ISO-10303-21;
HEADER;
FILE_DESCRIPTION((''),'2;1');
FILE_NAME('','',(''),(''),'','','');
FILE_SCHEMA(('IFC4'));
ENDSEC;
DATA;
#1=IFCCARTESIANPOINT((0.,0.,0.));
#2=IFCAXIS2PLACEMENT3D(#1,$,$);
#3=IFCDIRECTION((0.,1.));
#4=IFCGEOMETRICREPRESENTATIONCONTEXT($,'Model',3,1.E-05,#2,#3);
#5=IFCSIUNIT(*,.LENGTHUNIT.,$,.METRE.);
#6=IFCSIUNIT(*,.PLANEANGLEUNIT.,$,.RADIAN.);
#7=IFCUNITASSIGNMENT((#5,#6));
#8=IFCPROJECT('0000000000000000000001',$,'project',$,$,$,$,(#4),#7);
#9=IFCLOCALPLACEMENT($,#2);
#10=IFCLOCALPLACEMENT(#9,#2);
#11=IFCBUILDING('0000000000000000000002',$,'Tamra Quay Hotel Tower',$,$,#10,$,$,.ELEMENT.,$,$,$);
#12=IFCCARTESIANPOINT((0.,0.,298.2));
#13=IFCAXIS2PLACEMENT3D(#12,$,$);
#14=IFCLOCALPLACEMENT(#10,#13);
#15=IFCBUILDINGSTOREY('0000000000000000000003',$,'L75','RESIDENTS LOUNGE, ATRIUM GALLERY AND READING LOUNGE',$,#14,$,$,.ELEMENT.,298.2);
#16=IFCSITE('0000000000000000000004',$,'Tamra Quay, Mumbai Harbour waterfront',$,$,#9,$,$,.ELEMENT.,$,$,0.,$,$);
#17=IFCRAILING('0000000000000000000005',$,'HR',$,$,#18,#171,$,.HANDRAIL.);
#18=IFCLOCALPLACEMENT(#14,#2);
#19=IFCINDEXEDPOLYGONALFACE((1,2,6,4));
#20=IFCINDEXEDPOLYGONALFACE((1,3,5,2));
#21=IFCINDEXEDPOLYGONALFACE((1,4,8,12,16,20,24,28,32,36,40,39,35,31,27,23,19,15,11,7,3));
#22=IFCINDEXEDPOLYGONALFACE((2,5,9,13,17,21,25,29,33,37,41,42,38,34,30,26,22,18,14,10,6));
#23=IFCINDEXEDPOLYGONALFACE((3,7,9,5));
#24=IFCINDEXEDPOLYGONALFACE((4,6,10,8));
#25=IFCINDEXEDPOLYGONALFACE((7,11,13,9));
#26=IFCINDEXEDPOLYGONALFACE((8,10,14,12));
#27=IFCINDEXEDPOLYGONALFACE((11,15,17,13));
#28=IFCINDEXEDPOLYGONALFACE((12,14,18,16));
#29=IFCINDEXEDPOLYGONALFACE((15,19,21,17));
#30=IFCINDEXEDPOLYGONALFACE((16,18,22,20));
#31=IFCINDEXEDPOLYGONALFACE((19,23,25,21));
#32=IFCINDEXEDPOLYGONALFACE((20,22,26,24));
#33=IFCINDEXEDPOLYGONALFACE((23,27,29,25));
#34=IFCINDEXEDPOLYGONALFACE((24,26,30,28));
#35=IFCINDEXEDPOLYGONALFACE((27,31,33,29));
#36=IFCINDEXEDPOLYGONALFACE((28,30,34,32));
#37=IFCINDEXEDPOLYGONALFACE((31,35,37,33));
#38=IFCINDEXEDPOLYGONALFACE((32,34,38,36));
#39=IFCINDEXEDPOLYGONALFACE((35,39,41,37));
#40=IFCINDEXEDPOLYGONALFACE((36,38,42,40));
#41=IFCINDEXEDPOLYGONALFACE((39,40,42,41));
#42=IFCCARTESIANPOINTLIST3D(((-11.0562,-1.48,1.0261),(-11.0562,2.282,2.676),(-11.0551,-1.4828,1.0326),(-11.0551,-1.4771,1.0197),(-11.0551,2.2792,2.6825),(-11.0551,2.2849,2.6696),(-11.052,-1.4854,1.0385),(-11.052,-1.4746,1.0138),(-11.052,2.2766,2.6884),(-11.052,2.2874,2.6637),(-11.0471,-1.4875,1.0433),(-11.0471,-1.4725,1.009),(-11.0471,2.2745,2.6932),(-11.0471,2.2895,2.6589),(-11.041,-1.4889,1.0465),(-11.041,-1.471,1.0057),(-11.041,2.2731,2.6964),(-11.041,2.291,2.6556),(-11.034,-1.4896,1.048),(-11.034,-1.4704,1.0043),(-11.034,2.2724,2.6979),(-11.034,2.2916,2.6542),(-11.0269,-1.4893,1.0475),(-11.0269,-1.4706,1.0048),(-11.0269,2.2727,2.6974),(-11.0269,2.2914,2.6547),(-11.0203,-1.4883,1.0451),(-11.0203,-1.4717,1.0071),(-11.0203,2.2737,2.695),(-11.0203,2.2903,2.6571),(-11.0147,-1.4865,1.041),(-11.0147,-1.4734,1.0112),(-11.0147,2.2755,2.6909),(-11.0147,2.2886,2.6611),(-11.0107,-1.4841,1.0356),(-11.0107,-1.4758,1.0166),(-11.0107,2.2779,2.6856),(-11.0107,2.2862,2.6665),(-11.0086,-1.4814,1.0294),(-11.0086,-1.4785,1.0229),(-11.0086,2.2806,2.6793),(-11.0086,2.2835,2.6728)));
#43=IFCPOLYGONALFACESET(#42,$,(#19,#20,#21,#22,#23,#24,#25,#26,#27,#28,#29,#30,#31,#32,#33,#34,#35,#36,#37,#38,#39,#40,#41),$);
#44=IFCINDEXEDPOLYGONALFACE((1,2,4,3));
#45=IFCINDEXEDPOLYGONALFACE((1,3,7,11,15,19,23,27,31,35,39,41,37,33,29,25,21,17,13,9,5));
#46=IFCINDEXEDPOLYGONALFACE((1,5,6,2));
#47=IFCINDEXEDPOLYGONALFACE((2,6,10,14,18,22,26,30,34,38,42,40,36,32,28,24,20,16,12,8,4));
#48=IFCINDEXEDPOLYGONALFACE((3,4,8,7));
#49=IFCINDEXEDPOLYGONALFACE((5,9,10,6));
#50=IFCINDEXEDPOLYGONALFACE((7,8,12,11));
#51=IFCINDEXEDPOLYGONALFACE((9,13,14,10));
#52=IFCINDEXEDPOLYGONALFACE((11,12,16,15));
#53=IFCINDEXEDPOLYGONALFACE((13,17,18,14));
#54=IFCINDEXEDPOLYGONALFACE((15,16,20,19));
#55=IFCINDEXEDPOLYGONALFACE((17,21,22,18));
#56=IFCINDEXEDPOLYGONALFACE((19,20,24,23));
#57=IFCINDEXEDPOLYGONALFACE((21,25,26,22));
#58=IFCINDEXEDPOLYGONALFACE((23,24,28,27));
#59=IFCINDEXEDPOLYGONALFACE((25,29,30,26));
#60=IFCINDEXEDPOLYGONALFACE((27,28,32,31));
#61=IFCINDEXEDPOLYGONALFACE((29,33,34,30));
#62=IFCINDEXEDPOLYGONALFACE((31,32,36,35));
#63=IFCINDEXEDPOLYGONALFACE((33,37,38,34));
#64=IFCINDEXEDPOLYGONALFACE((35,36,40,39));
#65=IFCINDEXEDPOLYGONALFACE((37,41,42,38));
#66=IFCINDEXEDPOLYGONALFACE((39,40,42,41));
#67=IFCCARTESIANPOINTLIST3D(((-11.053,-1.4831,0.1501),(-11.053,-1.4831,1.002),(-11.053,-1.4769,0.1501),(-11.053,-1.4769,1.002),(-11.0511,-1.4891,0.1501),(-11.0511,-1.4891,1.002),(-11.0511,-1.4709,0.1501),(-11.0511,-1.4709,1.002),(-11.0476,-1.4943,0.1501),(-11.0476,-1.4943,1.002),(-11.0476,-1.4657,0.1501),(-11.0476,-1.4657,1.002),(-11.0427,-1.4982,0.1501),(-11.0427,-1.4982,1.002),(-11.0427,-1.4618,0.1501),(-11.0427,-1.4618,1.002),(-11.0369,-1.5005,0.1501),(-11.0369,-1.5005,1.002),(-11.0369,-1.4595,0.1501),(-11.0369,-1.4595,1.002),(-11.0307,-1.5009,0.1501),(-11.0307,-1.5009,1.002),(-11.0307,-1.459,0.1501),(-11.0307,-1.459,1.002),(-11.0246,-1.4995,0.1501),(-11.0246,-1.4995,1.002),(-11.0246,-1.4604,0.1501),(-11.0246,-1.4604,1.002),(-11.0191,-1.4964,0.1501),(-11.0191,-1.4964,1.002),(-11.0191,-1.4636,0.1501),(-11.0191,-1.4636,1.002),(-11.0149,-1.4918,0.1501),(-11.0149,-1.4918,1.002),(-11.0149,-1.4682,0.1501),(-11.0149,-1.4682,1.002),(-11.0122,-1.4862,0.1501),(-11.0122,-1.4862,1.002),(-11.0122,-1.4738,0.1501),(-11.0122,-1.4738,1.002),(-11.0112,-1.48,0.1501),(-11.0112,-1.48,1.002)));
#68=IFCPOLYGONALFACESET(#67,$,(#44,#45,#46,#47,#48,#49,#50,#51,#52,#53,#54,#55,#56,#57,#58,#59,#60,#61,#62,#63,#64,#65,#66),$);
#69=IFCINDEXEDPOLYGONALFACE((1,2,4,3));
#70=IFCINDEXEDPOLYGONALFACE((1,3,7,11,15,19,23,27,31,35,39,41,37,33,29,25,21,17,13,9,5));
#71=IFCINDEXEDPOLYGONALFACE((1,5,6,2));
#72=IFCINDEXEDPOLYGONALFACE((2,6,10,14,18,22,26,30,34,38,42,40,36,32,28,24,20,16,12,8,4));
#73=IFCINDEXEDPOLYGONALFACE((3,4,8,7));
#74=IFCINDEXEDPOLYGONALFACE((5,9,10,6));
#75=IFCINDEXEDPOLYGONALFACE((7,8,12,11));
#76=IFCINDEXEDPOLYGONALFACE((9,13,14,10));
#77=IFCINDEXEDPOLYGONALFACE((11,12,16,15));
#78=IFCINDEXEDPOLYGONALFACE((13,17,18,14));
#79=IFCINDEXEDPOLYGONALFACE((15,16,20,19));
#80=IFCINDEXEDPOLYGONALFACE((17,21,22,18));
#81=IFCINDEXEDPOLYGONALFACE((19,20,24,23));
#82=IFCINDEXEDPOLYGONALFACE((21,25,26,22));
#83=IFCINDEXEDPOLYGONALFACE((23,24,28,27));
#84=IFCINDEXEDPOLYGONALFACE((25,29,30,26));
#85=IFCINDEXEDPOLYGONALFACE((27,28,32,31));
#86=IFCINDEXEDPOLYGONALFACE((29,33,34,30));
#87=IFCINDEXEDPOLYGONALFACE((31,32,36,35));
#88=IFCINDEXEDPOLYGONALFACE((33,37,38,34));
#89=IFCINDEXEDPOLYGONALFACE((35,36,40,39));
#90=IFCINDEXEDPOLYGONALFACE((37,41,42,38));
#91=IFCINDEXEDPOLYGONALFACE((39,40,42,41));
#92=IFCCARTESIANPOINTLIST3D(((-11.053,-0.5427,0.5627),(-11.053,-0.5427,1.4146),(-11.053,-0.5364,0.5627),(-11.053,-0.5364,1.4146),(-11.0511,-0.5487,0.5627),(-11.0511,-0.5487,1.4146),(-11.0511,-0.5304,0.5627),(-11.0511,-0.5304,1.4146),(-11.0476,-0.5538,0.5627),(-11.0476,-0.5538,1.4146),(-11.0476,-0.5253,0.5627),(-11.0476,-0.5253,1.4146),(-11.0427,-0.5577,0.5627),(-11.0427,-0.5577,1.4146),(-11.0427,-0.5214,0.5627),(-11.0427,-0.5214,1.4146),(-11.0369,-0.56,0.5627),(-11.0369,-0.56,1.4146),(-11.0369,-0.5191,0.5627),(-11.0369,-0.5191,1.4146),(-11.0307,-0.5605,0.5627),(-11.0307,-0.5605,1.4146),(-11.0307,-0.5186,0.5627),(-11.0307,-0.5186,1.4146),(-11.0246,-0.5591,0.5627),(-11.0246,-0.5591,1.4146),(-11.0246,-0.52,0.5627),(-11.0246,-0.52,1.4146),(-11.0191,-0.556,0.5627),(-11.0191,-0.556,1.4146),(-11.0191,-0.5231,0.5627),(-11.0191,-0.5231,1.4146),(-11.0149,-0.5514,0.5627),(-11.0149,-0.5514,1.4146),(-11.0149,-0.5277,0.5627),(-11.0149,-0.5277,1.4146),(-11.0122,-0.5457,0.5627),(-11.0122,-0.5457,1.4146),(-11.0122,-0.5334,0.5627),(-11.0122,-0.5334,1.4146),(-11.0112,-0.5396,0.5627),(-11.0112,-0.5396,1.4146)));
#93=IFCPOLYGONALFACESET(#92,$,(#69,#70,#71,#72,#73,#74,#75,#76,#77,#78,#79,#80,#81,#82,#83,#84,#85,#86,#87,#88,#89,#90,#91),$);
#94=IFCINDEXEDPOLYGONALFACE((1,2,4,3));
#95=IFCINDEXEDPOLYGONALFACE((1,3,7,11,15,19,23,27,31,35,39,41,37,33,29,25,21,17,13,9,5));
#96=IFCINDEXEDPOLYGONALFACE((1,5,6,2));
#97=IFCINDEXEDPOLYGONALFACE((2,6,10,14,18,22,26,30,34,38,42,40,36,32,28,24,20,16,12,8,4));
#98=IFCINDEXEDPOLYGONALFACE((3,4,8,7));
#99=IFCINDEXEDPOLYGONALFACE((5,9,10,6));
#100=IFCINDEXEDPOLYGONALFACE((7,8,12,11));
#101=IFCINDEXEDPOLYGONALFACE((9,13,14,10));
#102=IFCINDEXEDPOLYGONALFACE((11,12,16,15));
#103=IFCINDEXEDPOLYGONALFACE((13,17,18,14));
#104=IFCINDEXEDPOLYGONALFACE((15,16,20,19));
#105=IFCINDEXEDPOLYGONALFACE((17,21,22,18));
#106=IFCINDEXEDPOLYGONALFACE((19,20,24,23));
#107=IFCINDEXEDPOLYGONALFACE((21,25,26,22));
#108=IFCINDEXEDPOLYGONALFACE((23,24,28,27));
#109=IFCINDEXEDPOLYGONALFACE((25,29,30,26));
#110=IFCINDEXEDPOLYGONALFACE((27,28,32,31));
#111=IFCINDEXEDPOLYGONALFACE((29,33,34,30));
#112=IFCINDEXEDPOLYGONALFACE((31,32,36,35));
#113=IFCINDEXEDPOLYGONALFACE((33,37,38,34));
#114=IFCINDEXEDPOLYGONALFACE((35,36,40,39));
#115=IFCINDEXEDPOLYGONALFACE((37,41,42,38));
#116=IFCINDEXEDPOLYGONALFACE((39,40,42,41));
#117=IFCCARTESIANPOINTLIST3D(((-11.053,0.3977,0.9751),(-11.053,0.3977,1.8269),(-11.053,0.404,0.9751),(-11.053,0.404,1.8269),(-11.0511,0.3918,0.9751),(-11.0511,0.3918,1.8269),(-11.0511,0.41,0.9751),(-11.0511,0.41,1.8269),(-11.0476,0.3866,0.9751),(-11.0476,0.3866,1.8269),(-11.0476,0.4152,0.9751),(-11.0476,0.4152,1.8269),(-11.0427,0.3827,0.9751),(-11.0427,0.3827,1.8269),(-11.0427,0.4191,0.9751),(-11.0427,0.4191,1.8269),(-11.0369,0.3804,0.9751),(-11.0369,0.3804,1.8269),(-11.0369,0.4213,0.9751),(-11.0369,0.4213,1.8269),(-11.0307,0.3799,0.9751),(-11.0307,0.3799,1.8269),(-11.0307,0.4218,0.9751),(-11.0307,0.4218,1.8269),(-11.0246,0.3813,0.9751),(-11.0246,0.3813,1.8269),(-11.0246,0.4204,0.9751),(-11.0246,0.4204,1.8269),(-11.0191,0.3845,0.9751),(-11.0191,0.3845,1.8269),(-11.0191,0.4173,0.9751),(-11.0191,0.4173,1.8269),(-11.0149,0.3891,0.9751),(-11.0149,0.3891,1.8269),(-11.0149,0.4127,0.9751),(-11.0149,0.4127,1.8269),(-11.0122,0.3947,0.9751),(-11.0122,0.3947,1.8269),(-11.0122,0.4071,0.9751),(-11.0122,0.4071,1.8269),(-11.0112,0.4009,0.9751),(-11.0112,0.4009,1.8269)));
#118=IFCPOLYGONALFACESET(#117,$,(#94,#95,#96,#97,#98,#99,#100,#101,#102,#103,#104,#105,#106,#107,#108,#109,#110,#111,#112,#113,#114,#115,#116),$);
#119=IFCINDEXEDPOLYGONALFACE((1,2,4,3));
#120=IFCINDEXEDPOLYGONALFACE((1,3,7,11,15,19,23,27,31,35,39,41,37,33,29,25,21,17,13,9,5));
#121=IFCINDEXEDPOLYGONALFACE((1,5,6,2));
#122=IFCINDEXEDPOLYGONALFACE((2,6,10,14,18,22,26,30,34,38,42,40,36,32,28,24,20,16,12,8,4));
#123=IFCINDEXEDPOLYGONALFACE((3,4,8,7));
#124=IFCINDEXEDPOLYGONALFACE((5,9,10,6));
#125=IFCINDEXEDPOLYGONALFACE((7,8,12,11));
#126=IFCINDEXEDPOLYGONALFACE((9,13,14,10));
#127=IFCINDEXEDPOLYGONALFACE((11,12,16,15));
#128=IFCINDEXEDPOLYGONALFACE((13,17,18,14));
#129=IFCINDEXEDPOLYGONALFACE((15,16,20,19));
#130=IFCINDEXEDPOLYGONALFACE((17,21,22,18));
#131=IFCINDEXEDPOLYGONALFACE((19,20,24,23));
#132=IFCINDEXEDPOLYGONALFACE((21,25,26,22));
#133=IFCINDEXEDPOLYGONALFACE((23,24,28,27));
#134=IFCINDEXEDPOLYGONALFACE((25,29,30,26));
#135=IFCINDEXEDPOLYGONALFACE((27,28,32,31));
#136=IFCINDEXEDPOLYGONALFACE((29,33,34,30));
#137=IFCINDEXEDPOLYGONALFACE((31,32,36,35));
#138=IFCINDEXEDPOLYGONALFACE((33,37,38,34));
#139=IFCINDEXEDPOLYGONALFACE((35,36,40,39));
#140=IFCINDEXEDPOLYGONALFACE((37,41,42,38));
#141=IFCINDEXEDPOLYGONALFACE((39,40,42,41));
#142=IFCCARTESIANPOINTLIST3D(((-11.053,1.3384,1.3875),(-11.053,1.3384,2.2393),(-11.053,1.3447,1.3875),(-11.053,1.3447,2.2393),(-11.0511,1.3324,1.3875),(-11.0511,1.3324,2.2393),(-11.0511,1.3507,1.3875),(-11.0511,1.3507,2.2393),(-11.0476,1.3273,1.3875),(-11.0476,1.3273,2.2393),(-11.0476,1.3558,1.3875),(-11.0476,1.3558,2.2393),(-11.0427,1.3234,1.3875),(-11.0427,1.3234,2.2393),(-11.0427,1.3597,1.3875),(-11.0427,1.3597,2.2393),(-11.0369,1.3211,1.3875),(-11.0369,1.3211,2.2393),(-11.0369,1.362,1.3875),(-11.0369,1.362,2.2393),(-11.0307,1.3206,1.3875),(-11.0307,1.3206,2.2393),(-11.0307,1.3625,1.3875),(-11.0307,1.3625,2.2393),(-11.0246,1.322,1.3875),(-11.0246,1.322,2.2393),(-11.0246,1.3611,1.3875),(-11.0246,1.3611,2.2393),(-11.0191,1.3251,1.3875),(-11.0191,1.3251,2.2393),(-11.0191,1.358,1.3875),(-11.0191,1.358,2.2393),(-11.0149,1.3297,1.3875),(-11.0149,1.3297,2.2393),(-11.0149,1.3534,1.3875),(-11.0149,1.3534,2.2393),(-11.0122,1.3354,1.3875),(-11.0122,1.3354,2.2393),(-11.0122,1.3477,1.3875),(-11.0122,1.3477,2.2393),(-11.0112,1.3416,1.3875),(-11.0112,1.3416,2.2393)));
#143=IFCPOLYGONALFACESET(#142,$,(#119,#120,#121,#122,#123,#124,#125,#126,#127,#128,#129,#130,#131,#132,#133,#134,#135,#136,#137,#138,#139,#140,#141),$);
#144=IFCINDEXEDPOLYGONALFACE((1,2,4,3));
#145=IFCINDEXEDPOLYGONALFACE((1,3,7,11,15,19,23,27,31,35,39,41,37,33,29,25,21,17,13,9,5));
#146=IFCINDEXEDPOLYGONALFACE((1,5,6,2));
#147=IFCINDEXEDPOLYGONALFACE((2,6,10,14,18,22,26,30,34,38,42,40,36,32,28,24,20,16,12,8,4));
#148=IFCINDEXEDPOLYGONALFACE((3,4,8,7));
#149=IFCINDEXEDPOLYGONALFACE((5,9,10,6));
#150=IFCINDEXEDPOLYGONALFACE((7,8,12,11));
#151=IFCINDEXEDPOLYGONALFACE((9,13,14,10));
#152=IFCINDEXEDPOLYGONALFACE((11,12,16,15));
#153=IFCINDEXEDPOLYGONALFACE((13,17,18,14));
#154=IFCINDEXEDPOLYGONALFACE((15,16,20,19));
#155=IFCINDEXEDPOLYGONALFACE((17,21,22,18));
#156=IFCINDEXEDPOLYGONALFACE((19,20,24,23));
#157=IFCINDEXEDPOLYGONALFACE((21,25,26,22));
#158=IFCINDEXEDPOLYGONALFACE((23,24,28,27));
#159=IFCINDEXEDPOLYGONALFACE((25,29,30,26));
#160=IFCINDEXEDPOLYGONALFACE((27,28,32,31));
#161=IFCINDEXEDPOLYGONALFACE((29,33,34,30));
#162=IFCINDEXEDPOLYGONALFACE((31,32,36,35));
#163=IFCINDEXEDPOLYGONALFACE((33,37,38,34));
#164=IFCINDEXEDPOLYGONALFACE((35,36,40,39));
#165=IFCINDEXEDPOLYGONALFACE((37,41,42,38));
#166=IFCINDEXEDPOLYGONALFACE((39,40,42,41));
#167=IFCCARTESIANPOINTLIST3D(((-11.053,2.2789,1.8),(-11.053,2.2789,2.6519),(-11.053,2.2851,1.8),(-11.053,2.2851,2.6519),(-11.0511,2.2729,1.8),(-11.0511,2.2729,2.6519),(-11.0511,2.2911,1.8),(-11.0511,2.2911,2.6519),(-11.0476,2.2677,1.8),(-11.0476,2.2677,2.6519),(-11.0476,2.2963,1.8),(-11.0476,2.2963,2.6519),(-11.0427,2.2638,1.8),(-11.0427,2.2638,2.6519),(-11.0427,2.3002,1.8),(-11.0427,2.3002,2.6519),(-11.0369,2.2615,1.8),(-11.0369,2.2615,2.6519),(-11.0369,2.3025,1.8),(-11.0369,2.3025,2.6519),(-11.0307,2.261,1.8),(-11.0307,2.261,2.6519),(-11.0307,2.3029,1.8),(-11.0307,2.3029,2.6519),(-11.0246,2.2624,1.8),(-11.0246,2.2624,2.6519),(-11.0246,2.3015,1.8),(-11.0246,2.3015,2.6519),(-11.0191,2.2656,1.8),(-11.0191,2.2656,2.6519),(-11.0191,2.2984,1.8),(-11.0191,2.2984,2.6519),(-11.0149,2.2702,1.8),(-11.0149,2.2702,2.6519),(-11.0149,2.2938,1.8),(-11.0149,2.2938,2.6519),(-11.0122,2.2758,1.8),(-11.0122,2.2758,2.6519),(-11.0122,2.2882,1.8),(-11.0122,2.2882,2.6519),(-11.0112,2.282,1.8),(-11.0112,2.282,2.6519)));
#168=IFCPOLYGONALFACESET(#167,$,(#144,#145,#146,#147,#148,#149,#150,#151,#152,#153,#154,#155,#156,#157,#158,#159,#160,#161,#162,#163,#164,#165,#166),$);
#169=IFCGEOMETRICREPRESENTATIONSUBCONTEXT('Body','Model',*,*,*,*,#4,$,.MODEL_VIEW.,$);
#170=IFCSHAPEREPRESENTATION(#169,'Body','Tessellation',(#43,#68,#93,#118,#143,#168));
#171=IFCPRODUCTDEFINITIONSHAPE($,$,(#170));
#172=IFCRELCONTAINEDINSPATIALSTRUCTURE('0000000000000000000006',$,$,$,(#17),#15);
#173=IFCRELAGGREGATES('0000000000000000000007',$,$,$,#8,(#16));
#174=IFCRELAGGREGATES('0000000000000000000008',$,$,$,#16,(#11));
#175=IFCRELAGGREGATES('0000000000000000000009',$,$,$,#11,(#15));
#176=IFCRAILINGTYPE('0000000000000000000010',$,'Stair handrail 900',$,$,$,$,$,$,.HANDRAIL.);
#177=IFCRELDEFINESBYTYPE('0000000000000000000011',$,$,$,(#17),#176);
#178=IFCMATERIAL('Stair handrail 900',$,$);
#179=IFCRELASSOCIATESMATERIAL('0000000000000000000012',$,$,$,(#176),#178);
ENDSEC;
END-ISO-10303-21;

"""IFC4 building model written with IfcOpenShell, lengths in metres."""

from ifc_helpers import new_model, si_unit, direction, frame, origin, origin_2d, place, context, subcontext, project, spatial, circle, extrude, material, type_object, element, save


model = new_model("IFC4")

# Units and contexts
model_context = context("Model", 3, precision=1e-05, world=origin(), true_north=direction((0.0, 1.0)))
body_context = subcontext(model_context, "Body", "Model", "MODEL_VIEW")
ifc_project = project(units=[si_unit("LENGTHUNIT", "METRE"), si_unit("PLANEANGLEUNIT", "RADIAN")], contexts=[model_context])

# Site, building, storey
site_placement = place(None, origin())
site = spatial("IfcSite", under=ifc_project, at=site_placement, Name="Tamra Quay, Mumbai Harbour waterfront", CompositionType="ELEMENT", RefElevation=0.0)
building_placement = place(site_placement, origin())
building = spatial("IfcBuilding", under=site, at=building_placement, Name="Tamra Quay Hotel Tower", CompositionType="ELEMENT")
storey_placement = place(building_placement, frame((0.0, 0.0, 298.2)))
storey = spatial("IfcBuildingStorey", under=building, at=storey_placement, Name="L75", Description="RESIDENTS LOUNGE, ATRIUM GALLERY AND READING LOUNGE", CompositionType="ELEMENT", Elevation=298.2)

# Railing
ifc_material_1 = material(Name="Stair handrail 900")
railing_type_1 = type_object("IfcRailingType", Name="Stair handrail 900", PredefinedType="HANDRAIL", material=ifc_material_1)
railing_1_placement = place(storey_placement, frame((-11.0322, -1.48, 0.1501)))
element("IfcRailing", 1, at=railing_1_placement, inside=storey, type_object=railing_type_1, Name="HR", PredefinedType="HANDRAIL", context=body_context, shape_type="SweptSolid", body=[
    extrude(circle(Radius=0.0239, at=origin_2d()), frame((0.0, 0.0, 0.876), z_axis=(0.0, 0.915795, 0.401645), x_axis=(-1.0, 0.0, 0.0)), (0.0, 0.0, 1.0), 4.1079),
    extrude(circle(Radius=0.021, at=origin_2d()), origin(), (0.0, 0.0, 1.0), 0.8518),
    extrude(circle(Radius=0.021, at=origin_2d()), frame((0.0, 0.9404, 0.4126)), (0.0, 0.0, 1.0), 0.8518),
    extrude(circle(Radius=0.021, at=origin_2d()), frame((0.0, 1.8809, 0.825)), (0.0, 0.0, 1.0), 0.8518),
    extrude(circle(Radius=0.021, at=origin_2d()), frame((0.0, 2.8215, 1.2373)), (0.0, 0.0, 1.0), 0.8518),
    extrude(circle(Radius=0.021, at=origin_2d()), frame((0.0, 3.762, 1.6499)), (0.0, 0.0, 1.0), 0.8518),
])

save(model, "model.ifc")
